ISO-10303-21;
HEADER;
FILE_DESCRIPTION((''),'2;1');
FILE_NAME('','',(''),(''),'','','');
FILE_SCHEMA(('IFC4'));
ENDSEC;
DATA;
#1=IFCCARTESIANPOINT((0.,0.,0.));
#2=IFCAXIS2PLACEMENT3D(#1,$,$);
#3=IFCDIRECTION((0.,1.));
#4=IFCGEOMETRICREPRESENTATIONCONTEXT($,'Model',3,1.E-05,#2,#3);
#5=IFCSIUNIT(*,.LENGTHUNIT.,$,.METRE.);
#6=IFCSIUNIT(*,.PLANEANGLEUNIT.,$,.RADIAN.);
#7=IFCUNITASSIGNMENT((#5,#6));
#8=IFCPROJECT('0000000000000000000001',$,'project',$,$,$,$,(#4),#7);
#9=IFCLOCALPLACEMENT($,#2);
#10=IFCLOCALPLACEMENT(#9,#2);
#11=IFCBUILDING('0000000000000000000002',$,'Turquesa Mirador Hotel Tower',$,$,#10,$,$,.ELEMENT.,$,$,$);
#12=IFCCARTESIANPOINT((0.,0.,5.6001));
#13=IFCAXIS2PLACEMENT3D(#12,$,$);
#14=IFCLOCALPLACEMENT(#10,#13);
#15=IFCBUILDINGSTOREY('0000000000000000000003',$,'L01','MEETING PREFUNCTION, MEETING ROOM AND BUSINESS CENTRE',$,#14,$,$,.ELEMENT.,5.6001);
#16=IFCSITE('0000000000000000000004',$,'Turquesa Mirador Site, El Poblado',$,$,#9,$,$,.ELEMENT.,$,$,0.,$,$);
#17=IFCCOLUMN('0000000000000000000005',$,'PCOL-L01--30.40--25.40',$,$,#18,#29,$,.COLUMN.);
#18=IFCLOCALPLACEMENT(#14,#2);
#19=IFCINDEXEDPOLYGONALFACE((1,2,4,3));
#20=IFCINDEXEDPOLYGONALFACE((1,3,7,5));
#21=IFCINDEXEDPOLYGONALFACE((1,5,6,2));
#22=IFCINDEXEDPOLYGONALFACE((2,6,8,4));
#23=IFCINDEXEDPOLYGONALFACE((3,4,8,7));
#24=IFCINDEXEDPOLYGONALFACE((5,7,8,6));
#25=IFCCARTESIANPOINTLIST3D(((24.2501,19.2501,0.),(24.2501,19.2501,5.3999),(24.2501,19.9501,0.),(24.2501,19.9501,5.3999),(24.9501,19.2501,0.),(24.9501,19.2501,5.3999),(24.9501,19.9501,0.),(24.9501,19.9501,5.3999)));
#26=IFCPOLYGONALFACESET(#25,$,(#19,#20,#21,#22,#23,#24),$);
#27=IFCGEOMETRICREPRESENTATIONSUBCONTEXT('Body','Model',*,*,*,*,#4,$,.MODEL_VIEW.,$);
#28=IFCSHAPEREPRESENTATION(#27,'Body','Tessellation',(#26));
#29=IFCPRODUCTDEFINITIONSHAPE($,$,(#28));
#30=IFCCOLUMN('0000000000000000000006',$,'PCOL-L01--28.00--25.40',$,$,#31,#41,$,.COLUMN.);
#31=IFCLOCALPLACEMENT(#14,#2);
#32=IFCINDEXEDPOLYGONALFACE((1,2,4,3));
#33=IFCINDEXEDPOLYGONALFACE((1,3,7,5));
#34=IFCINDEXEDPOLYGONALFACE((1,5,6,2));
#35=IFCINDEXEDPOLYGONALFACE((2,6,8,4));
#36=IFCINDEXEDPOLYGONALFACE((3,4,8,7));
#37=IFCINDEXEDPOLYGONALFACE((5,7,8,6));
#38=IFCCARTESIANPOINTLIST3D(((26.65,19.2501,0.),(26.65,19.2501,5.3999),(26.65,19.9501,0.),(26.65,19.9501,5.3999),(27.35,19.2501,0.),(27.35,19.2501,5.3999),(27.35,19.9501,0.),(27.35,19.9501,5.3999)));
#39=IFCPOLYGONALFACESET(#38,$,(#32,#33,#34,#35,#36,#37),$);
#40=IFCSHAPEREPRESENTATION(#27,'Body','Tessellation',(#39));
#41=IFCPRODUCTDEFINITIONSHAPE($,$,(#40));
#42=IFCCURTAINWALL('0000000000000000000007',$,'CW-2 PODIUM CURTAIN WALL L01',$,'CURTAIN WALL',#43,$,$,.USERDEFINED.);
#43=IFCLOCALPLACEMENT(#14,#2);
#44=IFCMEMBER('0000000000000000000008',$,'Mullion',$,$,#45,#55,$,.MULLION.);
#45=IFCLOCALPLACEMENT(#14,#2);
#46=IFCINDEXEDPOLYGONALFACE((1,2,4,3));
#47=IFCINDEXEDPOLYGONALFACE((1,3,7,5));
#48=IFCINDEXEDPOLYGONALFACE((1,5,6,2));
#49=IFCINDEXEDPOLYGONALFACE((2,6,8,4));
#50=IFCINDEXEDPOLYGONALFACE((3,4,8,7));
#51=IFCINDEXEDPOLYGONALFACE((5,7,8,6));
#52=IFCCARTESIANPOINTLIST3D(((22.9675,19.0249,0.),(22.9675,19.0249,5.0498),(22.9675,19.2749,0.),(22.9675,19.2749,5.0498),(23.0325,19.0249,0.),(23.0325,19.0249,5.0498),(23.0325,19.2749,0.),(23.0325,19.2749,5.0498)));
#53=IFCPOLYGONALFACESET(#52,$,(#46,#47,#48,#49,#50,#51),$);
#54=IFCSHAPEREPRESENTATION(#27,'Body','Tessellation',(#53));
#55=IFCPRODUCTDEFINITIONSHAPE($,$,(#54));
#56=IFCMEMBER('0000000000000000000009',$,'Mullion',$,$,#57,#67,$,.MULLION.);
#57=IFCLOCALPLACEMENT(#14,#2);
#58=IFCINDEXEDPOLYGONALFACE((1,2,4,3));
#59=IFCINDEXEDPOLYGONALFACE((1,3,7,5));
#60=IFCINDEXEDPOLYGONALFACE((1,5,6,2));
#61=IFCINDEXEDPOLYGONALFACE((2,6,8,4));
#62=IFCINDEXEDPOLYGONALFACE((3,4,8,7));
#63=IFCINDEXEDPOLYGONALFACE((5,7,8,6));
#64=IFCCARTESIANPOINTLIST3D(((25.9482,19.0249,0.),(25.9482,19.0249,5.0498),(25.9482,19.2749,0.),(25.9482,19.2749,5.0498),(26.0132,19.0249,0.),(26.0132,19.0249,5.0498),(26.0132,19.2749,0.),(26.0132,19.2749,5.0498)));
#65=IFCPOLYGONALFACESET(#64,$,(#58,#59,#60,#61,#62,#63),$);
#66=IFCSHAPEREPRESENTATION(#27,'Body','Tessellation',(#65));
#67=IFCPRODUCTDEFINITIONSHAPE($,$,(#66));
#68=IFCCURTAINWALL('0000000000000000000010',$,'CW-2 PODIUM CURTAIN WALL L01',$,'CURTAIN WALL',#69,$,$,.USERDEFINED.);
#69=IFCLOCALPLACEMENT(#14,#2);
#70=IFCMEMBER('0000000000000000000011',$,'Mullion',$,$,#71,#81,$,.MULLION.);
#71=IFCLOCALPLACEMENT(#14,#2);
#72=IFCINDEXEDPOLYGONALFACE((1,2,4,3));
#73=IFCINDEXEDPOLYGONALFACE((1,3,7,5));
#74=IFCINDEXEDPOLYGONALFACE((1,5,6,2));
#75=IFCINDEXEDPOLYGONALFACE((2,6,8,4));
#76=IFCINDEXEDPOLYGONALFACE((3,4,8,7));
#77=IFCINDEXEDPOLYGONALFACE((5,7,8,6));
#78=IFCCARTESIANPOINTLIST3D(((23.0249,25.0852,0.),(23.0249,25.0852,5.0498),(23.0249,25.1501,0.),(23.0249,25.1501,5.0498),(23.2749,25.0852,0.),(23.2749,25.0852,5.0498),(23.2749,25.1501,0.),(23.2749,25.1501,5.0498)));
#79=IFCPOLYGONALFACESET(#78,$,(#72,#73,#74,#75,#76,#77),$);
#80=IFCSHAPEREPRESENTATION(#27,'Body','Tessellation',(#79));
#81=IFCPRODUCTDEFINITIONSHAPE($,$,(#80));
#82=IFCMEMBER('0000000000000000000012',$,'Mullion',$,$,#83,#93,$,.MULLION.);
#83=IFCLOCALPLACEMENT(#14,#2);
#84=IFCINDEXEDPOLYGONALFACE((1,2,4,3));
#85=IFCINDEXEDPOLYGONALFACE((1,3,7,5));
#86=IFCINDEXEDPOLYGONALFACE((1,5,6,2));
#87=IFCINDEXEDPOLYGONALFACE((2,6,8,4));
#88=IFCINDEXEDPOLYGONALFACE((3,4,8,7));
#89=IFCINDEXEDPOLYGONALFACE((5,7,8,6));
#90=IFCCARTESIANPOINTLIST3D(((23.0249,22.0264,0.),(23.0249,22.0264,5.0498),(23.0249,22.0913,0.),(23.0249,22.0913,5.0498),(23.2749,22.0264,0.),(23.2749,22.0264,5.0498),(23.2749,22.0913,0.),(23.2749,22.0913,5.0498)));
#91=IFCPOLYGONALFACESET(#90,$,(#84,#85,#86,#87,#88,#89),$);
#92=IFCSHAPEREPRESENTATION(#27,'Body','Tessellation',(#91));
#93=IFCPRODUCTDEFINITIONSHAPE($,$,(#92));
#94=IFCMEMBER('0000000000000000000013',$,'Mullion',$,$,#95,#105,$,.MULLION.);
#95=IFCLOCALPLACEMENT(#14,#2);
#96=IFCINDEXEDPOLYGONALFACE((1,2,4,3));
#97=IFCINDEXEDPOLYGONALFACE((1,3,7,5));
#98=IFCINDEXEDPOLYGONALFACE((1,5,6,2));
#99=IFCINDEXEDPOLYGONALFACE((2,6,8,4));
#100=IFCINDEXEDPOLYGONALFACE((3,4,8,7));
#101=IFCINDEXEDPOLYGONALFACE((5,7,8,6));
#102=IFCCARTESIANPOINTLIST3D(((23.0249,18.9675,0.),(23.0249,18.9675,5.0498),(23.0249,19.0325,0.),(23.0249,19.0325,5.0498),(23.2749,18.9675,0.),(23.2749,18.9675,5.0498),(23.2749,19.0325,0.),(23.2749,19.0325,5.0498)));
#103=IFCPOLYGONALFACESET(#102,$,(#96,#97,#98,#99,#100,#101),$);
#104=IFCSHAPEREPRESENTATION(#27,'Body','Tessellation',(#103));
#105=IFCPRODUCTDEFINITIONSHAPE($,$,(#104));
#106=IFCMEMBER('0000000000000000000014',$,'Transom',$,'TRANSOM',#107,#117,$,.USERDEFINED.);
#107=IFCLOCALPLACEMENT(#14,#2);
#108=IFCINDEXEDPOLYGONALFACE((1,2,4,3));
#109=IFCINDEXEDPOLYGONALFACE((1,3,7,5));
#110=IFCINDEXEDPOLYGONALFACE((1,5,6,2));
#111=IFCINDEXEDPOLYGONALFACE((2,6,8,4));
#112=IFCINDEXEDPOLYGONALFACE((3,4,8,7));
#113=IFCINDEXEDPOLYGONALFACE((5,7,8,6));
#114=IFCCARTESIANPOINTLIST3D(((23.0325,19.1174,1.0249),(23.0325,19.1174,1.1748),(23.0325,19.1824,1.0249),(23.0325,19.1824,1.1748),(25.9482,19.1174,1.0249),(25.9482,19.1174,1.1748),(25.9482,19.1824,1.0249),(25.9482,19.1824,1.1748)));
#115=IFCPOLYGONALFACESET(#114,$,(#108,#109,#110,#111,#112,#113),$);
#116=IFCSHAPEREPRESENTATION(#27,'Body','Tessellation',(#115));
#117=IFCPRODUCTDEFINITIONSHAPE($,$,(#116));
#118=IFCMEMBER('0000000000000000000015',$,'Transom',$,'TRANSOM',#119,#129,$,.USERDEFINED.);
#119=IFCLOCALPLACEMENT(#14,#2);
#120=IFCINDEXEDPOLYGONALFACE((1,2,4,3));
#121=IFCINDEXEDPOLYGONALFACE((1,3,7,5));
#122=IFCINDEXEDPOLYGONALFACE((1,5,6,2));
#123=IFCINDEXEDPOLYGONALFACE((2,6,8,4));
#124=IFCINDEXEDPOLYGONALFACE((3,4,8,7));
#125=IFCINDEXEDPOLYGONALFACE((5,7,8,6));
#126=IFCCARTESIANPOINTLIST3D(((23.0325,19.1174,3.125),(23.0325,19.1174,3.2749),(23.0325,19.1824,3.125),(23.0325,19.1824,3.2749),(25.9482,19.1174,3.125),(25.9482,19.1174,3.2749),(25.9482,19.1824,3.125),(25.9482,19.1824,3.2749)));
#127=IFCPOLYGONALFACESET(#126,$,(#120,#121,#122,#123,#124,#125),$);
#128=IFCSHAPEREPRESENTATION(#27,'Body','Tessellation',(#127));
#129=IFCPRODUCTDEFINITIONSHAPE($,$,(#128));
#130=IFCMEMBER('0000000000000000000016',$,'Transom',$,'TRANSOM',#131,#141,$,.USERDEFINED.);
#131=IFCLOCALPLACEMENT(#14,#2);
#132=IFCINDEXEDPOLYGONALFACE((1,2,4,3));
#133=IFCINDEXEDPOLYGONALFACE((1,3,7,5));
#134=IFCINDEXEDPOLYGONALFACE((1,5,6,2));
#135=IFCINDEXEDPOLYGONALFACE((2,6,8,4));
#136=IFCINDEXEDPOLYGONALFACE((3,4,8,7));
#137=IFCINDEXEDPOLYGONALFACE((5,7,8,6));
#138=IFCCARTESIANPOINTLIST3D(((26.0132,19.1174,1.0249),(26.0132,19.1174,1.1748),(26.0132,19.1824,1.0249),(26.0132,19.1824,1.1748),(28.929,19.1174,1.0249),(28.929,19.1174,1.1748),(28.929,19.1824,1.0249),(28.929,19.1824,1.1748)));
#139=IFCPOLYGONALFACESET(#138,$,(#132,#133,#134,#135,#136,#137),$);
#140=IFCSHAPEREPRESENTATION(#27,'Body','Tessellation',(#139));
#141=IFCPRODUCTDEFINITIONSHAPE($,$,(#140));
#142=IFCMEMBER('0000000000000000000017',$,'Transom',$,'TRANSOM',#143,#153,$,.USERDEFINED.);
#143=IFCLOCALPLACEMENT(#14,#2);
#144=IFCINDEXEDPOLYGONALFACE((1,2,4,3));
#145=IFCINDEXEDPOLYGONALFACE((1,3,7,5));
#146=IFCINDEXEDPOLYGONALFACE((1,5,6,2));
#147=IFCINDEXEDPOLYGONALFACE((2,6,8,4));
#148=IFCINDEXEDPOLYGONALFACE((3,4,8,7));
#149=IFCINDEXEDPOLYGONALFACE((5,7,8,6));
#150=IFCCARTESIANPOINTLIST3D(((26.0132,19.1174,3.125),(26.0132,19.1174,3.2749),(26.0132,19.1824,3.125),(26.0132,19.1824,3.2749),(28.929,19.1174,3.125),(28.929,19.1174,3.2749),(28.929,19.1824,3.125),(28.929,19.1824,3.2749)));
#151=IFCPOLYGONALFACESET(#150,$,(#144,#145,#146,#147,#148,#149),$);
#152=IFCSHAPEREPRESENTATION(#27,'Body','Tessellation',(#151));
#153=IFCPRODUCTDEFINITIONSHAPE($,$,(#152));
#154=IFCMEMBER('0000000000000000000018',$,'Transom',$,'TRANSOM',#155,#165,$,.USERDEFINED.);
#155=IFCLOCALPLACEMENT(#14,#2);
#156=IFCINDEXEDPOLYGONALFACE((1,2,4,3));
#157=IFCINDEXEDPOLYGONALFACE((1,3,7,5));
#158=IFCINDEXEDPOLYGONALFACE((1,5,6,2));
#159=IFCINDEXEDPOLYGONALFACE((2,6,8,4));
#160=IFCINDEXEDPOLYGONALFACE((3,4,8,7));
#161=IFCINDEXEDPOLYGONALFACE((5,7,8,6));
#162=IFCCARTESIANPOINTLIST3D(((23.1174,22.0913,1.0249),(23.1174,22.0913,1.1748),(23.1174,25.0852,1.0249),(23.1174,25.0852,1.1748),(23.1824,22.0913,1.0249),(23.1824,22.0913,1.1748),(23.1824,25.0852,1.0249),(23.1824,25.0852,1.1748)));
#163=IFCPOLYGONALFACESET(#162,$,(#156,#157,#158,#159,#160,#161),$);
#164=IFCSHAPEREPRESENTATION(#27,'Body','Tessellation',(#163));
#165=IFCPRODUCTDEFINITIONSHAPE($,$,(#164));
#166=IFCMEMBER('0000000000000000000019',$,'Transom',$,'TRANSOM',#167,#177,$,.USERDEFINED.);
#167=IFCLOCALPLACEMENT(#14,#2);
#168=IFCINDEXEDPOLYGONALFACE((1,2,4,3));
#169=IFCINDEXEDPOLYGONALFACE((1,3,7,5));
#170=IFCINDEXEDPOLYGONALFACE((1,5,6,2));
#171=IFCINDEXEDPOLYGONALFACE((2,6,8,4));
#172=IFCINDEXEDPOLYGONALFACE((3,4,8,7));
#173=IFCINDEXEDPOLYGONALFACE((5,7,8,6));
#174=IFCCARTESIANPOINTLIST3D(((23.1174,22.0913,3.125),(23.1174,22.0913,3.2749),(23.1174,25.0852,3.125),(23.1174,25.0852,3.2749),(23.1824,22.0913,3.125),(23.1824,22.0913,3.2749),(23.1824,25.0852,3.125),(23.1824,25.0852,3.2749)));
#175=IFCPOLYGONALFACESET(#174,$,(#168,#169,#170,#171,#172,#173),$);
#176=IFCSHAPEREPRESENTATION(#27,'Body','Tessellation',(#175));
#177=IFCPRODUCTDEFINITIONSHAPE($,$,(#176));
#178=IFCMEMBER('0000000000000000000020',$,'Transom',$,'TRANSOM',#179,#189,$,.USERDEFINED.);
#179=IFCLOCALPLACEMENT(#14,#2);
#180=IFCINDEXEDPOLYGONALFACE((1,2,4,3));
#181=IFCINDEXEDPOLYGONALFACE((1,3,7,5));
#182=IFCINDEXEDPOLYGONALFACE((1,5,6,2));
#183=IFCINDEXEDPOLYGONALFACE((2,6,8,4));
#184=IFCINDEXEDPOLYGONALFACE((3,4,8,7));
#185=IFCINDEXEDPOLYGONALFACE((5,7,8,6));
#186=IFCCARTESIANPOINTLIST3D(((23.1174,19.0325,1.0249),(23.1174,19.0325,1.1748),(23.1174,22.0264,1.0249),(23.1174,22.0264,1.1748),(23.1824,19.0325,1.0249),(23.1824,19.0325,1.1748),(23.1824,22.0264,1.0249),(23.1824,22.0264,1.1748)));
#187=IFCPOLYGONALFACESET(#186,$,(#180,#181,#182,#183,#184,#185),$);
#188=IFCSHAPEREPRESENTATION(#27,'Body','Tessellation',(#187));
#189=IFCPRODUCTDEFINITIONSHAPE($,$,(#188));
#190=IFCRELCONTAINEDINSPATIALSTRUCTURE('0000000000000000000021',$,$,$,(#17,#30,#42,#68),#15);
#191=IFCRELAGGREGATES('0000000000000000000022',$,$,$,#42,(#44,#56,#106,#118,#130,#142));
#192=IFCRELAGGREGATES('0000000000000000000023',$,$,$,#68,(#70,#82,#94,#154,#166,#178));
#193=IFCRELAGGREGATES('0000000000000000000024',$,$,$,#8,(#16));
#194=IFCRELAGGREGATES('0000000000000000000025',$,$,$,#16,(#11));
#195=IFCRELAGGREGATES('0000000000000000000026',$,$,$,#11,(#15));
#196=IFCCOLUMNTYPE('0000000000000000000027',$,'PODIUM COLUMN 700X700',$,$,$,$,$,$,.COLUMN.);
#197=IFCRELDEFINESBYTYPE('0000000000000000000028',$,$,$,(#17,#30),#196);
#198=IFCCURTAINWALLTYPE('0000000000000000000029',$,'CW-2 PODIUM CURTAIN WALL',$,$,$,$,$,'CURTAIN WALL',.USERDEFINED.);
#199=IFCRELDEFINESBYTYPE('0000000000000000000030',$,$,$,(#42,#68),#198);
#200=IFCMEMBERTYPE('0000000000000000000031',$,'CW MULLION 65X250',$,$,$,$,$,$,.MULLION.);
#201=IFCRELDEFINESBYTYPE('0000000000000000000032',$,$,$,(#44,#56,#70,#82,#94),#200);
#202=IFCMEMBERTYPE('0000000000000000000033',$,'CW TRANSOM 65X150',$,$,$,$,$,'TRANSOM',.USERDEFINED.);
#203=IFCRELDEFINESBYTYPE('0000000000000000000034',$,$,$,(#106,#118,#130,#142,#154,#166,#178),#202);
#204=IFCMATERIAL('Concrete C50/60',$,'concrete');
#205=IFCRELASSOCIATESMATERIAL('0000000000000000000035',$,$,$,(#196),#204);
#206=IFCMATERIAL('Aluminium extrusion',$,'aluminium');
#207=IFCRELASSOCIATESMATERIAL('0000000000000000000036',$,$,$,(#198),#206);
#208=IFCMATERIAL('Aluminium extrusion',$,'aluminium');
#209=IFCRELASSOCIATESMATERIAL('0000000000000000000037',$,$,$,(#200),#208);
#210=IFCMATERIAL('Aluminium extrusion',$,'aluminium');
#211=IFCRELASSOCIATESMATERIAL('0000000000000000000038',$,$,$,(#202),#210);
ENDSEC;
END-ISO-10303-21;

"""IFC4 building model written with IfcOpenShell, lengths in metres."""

from ifc_helpers import new_model, si_unit, direction, frame, origin, origin_2d, place, context, subcontext, project, spatial, rectangle, extrude, material, material_profile, profile_set, type_object, element, aggregate, save


model = new_model("IFC4")

# Units and contexts
model_context = context("Model", 3, precision=1e-05, world=origin(), true_north=direction((0.0, 1.0)))
body_context = subcontext(model_context, "Body", "Model", "MODEL_VIEW")
ifc_project = project(units=[si_unit("LENGTHUNIT", "METRE"), si_unit("PLANEANGLEUNIT", "RADIAN")], contexts=[model_context])

# Site, building, storey
site_placement = place(None, origin())
site = spatial("IfcSite", under=ifc_project, at=site_placement, Name="Turquesa Mirador Site, El Poblado", CompositionType="ELEMENT", RefElevation=0.0)
building_placement = place(site_placement, origin())
building = spatial("IfcBuilding", under=site, at=building_placement, Name="Turquesa Mirador Hotel Tower", CompositionType="ELEMENT")
storey_placement = place(building_placement, frame((0.0, 0.0, 5.6001)))
storey = spatial("IfcBuildingStorey", under=building, at=storey_placement, Name="L01", Description="MEETING PREFUNCTION, MEETING ROOM AND BUSINESS CENTRE", CompositionType="ELEMENT", Elevation=5.6001)

# Columns
ifc_material_1 = material(Name="Concrete C50/60", Category="concrete")
ifc_material_profile_1 = material_profile(ifc_material_1, rectangle(XDim=0.7, YDim=0.7, at=origin_2d()), Name="RC 700X700")
ifc_profile_set_1 = profile_set([ifc_material_profile_1], Name="Concrete C50/60")
column_type = type_object("IfcColumnType", Name="PODIUM COLUMN 700X700", PredefinedType="COLUMN", material=ifc_profile_set_1)
for number, where, z_axis, x_axis, name in (
    (1, (24.6001, 19.6001, 0.0), (0.0, 0.0, 1.0), (1.0, 0.0, 0.0), "PCOL-L01--30.40--25.40"),
    (2, (27.0, 19.6001, 0.0), (0.0, 0.0, 1.0), (1.0, 0.0, 0.0), "PCOL-L01--28.00--25.40"),
):
    element("IfcColumn", number, at=place(storey_placement, frame(where, z_axis=z_axis, x_axis=x_axis)), inside=storey, type_object=column_type, Name=name, PredefinedType="COLUMN", context=body_context, shape_type="SweptSolid", body=[
        extrude(rectangle(XDim=0.7, YDim=0.7, at=origin_2d()), origin(), (0.0, 0.0, 1.0), 5.3999),
    ])

# Curtain walls, members
ifc_material_2 = material(Name="Aluminium extrusion", Category="aluminium")
curtain_wall_type = type_object("IfcCurtainWallType", Name="CW-2 PODIUM CURTAIN WALL", ElementType="CURTAIN WALL", PredefinedType="USERDEFINED", material=ifc_material_2)
curtain_wall_1_placement = place(storey_placement, origin())
curtain_wall_1 = element("IfcCurtainWall", 3, at=curtain_wall_1_placement, inside=storey, type_object=curtain_wall_type, Name="CW-2 PODIUM CURTAIN WALL L01", ObjectType="CURTAIN WALL", PredefinedType="USERDEFINED")
ifc_material_3 = material(Name="Aluminium extrusion", Category="aluminium")
ifc_material_profile_2 = material_profile(ifc_material_3, rectangle(XDim=0.0649, YDim=0.25, at=origin_2d()), Name="MULLION 65X250")
ifc_profile_set_2 = profile_set([ifc_material_profile_2], Name="Aluminium extrusion")
member_type_1 = type_object("IfcMemberType", Name="CW MULLION 65X250", PredefinedType="MULLION", material=ifc_profile_set_2)
member_1_placement = place(storey_placement, frame((23.0, 19.1499, 0.0), z_axis=(0.0, 0.0, 1.0), x_axis=(1.0, 0.0, 0.0)))
member_1 = element("IfcMember", 4, at=member_1_placement, type_object=member_type_1, Name="Mullion", PredefinedType="MULLION", context=body_context, shape_type="SweptSolid", body=[
    extrude(rectangle(XDim=0.0649, YDim=0.25, at=origin_2d()), origin(), (0.0, 0.0, 1.0), 5.0498),
])
member_2_placement = place(storey_placement, frame((25.9807, 19.1499, 0.0), z_axis=(0.0, 0.0, 1.0), x_axis=(1.0, 0.0, 0.0)))
member_2 = element("IfcMember", 5, at=member_2_placement, type_object=member_type_1, Name="Mullion", PredefinedType="MULLION", context=body_context, shape_type="SweptSolid", body=[
    extrude(rectangle(XDim=0.0649, YDim=0.25, at=origin_2d()), origin(), (0.0, 0.0, 1.0), 5.0498),
])
curtain_wall_2_placement = place(storey_placement, origin())
curtain_wall_2 = element("IfcCurtainWall", 6, at=curtain_wall_2_placement, inside=storey, type_object=curtain_wall_type, Name="CW-2 PODIUM CURTAIN WALL L01", ObjectType="CURTAIN WALL", PredefinedType="USERDEFINED")
member_3_placement = place(storey_placement, frame((23.1499, 25.1177, 0.0), z_axis=(0.0, 0.0, 1.0), x_axis=(0.0, -1.0, 0.0)))
member_3 = element("IfcMember", 7, at=member_3_placement, type_object=member_type_1, Name="Mullion", PredefinedType="MULLION", context=body_context, shape_type="SweptSolid", body=[
    extrude(rectangle(XDim=0.0649, YDim=0.25, at=origin_2d()), origin(), (0.0, 0.0, 1.0), 5.0498),
])
member_4_placement = place(storey_placement, frame((23.1499, 22.0588, 0.0), z_axis=(0.0, 0.0, 1.0), x_axis=(0.0, -1.0, 0.0)))
member_4 = element("IfcMember", 8, at=member_4_placement, type_object=member_type_1, Name="Mullion", PredefinedType="MULLION", context=body_context, shape_type="SweptSolid", body=[
    extrude(rectangle(XDim=0.0649, YDim=0.25, at=origin_2d()), origin(), (0.0, 0.0, 1.0), 5.0498),
])
member_5_placement = place(storey_placement, frame((23.1499, 19.0, 0.0), z_axis=(0.0, 0.0, 1.0), x_axis=(0.0, -1.0, 0.0)))
member_5 = element("IfcMember", 9, at=member_5_placement, type_object=member_type_1, Name="Mullion", PredefinedType="MULLION", context=body_context, shape_type="SweptSolid", body=[
    extrude(rectangle(XDim=0.0649, YDim=0.25, at=origin_2d()), origin(), (0.0, 0.0, 1.0), 5.0498),
])

# Members
ifc_material_4 = material(Name="Aluminium extrusion", Category="aluminium")
ifc_material_profile_3 = material_profile(ifc_material_4, rectangle(XDim=0.0649, YDim=0.1499, at=origin_2d()), Name="TRANSOM 65X150")
ifc_profile_set_3 = profile_set([ifc_material_profile_3], Name="Aluminium extrusion")
member_type_2 = type_object("IfcMemberType", Name="CW TRANSOM 65X150", ElementType="TRANSOM", PredefinedType="USERDEFINED", material=ifc_profile_set_3)
member_6_placement = place(storey_placement, frame((23.0325, 19.1499, 1.0999), z_axis=(1.0, 0.0, 0.0), x_axis=(0.0, 1.0, 0.0)))
member_6 = element("IfcMember", 10, at=member_6_placement, type_object=member_type_2, Name="Transom", ObjectType="TRANSOM", PredefinedType="USERDEFINED", context=body_context, shape_type="SweptSolid", body=[
    extrude(rectangle(XDim=0.0649, YDim=0.1499, at=origin_2d()), origin(), (0.0, 0.0, 1.0), 2.9158),
])
member_7_placement = place(storey_placement, frame((23.0325, 19.1499, 3.2), z_axis=(1.0, 0.0, 0.0), x_axis=(0.0, 1.0, 0.0)))
member_7 = element("IfcMember", 11, at=member_7_placement, type_object=member_type_2, Name="Transom", ObjectType="TRANSOM", PredefinedType="USERDEFINED", context=body_context, shape_type="SweptSolid", body=[
    extrude(rectangle(XDim=0.0649, YDim=0.1499, at=origin_2d()), origin(), (0.0, 0.0, 1.0), 2.9158),
])
member_8_placement = place(storey_placement, frame((26.0132, 19.1499, 1.0999), z_axis=(1.0, 0.0, 0.0), x_axis=(0.0, 1.0, 0.0)))
member_8 = element("IfcMember", 12, at=member_8_placement, type_object=member_type_2, Name="Transom", ObjectType="TRANSOM", PredefinedType="USERDEFINED", context=body_context, shape_type="SweptSolid", body=[
    extrude(rectangle(XDim=0.0649, YDim=0.1499, at=origin_2d()), origin(), (0.0, 0.0, 1.0), 2.9158),
])
member_9_placement = place(storey_placement, frame((26.0132, 19.1499, 3.2), z_axis=(1.0, 0.0, 0.0), x_axis=(0.0, 1.0, 0.0)))
member_9 = element("IfcMember", 13, at=member_9_placement, type_object=member_type_2, Name="Transom", ObjectType="TRANSOM", PredefinedType="USERDEFINED", context=body_context, shape_type="SweptSolid", body=[
    extrude(rectangle(XDim=0.0649, YDim=0.1499, at=origin_2d()), origin(), (0.0, 0.0, 1.0), 2.9158),
])
member_10_placement = place(storey_placement, frame((23.1499, 25.0852, 1.0999), z_axis=(0.0, -1.0, 0.0), x_axis=(1.0, 0.0, 0.0)))
member_10 = element("IfcMember", 14, at=member_10_placement, type_object=member_type_2, Name="Transom", ObjectType="TRANSOM", PredefinedType="USERDEFINED", context=body_context, shape_type="SweptSolid", body=[
    extrude(rectangle(XDim=0.0649, YDim=0.1499, at=origin_2d()), origin(), (0.0, 0.0, 1.0), 2.9939),
])
member_11_placement = place(storey_placement, frame((23.1499, 25.0852, 3.2), z_axis=(0.0, -1.0, 0.0), x_axis=(1.0, 0.0, 0.0)))
member_11 = element("IfcMember", 15, at=member_11_placement, type_object=member_type_2, Name="Transom", ObjectType="TRANSOM", PredefinedType="USERDEFINED", context=body_context, shape_type="SweptSolid", body=[
    extrude(rectangle(XDim=0.0649, YDim=0.1499, at=origin_2d()), origin(), (0.0, 0.0, 1.0), 2.9939),
])
member_12_placement = place(storey_placement, frame((23.1499, 22.0264, 1.0999), z_axis=(0.0, -1.0, 0.0), x_axis=(1.0, 0.0, 0.0)))
member_12 = element("IfcMember", 16, at=member_12_placement, type_object=member_type_2, Name="Transom", ObjectType="TRANSOM", PredefinedType="USERDEFINED", context=body_context, shape_type="SweptSolid", body=[
    extrude(rectangle(XDim=0.0649, YDim=0.1499, at=origin_2d()), origin(), (0.0, 0.0, 1.0), 2.9939),
])

aggregate(curtain_wall_1, [member_1, member_2, member_6, member_7, member_8, member_9])
aggregate(curtain_wall_2, [member_3, member_4, member_5, member_10, member_11, member_12])

save(model, "model.ifc")
